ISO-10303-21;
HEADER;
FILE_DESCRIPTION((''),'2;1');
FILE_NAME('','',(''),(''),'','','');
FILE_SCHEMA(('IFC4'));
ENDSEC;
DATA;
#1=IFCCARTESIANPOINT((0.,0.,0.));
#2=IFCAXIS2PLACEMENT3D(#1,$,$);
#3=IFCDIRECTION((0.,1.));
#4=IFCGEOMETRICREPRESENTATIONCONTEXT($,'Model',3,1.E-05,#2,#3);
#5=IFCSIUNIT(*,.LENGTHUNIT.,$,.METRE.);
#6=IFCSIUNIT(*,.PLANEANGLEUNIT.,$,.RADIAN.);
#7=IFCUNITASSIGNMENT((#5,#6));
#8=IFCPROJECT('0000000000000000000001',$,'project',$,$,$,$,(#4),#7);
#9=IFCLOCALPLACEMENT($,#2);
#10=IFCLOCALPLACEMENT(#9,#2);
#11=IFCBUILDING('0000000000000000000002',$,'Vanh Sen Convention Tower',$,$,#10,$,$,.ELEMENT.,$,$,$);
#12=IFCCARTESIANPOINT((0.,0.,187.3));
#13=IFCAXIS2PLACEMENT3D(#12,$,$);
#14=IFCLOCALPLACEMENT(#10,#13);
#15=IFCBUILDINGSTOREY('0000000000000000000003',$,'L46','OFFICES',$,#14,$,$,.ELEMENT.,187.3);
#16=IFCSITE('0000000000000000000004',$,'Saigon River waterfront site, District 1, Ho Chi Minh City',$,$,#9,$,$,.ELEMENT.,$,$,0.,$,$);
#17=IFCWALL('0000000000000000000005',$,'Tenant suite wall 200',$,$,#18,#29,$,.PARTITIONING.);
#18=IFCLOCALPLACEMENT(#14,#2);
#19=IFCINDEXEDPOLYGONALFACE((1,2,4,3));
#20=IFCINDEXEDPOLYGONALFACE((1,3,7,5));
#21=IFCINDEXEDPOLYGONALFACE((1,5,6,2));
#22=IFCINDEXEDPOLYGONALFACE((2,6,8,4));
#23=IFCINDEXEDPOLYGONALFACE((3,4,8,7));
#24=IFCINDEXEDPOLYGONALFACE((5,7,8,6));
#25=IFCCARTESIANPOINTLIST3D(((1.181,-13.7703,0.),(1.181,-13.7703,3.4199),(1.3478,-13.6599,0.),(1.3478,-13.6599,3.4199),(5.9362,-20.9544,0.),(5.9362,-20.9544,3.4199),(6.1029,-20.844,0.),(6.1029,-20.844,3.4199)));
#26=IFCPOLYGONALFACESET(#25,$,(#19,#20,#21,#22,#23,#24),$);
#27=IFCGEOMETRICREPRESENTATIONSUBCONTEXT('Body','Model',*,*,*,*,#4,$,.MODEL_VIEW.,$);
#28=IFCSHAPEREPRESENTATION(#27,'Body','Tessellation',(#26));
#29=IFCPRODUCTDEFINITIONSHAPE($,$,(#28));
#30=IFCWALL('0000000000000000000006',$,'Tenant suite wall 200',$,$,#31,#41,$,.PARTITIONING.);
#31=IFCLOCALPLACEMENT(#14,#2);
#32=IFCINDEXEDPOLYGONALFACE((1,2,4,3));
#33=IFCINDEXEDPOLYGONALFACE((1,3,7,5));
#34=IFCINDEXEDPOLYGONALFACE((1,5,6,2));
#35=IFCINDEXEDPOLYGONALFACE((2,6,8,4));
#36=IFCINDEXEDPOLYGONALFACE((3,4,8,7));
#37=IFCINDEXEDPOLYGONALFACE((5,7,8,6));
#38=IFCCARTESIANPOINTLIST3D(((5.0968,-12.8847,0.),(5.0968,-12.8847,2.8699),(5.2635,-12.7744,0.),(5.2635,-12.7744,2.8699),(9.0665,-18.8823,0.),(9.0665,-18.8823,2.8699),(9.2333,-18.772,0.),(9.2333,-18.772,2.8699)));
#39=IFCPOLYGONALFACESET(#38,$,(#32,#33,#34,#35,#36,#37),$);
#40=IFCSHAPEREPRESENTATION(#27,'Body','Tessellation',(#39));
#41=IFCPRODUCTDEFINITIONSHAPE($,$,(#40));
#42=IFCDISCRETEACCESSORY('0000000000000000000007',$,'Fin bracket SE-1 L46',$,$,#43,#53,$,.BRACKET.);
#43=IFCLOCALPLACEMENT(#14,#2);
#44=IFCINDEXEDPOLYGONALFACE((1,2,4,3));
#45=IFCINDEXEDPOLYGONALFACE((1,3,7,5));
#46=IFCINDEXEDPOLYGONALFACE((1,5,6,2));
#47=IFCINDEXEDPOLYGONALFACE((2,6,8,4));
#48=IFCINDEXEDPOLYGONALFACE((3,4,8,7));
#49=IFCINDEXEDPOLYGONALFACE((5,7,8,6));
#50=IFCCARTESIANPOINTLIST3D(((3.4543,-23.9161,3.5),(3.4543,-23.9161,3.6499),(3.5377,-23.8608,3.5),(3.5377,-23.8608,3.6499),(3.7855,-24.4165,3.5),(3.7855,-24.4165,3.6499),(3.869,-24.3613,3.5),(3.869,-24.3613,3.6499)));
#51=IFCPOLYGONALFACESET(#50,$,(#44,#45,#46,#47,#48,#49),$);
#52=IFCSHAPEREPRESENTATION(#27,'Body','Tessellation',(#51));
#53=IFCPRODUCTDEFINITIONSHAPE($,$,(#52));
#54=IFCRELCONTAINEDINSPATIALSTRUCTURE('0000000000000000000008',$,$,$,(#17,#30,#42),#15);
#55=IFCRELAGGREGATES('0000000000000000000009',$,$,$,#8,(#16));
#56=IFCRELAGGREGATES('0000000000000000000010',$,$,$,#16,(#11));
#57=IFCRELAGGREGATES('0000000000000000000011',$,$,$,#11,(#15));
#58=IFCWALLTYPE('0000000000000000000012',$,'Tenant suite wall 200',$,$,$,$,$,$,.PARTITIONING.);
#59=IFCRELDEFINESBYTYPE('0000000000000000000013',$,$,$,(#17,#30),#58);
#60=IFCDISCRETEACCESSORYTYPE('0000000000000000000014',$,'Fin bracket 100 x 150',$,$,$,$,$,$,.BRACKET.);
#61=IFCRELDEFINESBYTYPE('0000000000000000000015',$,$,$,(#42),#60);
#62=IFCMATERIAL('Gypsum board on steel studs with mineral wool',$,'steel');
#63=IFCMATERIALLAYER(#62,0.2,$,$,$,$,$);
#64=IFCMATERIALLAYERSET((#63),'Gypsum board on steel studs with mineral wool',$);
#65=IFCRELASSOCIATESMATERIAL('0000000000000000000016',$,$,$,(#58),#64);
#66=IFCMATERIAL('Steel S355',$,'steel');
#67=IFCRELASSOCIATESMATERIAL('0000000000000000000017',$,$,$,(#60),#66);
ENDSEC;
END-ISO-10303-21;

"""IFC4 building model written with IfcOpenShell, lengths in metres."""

from ifc_helpers import new_model, si_unit, direction, frame, frame_2d, origin, origin_2d, place, context, subcontext, project, spatial, rectangle, extrude, material, layer, layer_set, type_object, element, save


model = new_model("IFC4")

# Units and contexts
model_context = context("Model", 3, precision=1e-05, world=origin(), true_north=direction((0.0, 1.0)))
body_context = subcontext(model_context, "Body", "Model", "MODEL_VIEW")
ifc_project = project(units=[si_unit("LENGTHUNIT", "METRE"), si_unit("PLANEANGLEUNIT", "RADIAN")], contexts=[model_context])

# Site, building, storey
site_placement = place(None, origin())
site = spatial("IfcSite", under=ifc_project, at=site_placement, Name="Saigon River waterfront site, District 1, Ho Chi Minh City", CompositionType="ELEMENT", RefElevation=0.0)
building_placement = place(site_placement, origin())
building = spatial("IfcBuilding", under=site, at=building_placement, Name="Vanh Sen Convention Tower", CompositionType="ELEMENT")
storey_placement = place(building_placement, frame((0.0, 0.0, 187.3)))
storey = spatial("IfcBuildingStorey", under=building, at=storey_placement, Name="L46", Description="OFFICES", CompositionType="ELEMENT", Elevation=187.3)

# Shared definitions
ifc_material_1 = material(Name="Gypsum board on steel studs with mineral wool", Category="steel")

# Walls
ifc_layer_1 = layer(ifc_material_1, 0.2)
ifc_layer_set_1 = layer_set([ifc_layer_1], Name="Gypsum board on steel studs with mineral wool")
wall_type_1 = type_object("IfcWallType", Name="Tenant suite wall 200", PredefinedType="PARTITIONING", material=ifc_layer_set_1)
wall_1_placement = place(storey_placement, frame((6.0195, -20.8992, 0.0), z_axis=(0.0, 0.0, 1.0), x_axis=(-0.551944, 0.833881, 0.0)))
element("IfcWall", 1, at=wall_1_placement, inside=storey, type_object=wall_type_1, Name="Tenant suite wall 200", PredefinedType="PARTITIONING", context=body_context, shape_type="SweptSolid", body=[
    extrude(rectangle(XDim=8.6152, YDim=0.2, at=frame_2d((4.3076, 0.0))), origin(), (0.0, 0.0, 1.0), 3.4199),
])
wall_2_placement = place(storey_placement, frame((9.1499, -18.8271, 0.0), z_axis=(0.0, 0.0, 1.0), x_axis=(-0.55194, 0.833884, 0.0)))
element("IfcWall", 2, at=wall_2_placement, inside=storey, type_object=wall_type_1, Name="Tenant suite wall 200", PredefinedType="PARTITIONING", context=body_context, shape_type="SweptSolid", body=[
    extrude(rectangle(XDim=7.1924, YDim=0.2, at=frame_2d((3.5962, 0.0))), origin(), (0.0, 0.0, 1.0), 2.8699),
])

# Discrete accessory
ifc_material_2 = material(Name="Steel S355", Category="steel")
discrete_accessory_type = type_object("IfcDiscreteAccessoryType", Name="Fin bracket 100 x 150", PredefinedType="BRACKET", material=ifc_material_2)
discrete_accessory_placement = place(storey_placement, frame((3.6616, -24.1387, 3.5), z_axis=(0.0, 0.0, 1.0), x_axis=(0.551937, -0.833886, 0.0)))
element("IfcDiscreteAccessory", 3, at=discrete_accessory_placement, inside=storey, type_object=discrete_accessory_type, Name="Fin bracket SE-1 L46", PredefinedType="BRACKET", context=body_context, shape_type="SweptSolid", body=[
    extrude(rectangle(XDim=0.6001, YDim=0.1001, at=origin_2d()), origin(), (0.0, 0.0, 1.0), 0.1499),
])

save(model, "model.ifc")
